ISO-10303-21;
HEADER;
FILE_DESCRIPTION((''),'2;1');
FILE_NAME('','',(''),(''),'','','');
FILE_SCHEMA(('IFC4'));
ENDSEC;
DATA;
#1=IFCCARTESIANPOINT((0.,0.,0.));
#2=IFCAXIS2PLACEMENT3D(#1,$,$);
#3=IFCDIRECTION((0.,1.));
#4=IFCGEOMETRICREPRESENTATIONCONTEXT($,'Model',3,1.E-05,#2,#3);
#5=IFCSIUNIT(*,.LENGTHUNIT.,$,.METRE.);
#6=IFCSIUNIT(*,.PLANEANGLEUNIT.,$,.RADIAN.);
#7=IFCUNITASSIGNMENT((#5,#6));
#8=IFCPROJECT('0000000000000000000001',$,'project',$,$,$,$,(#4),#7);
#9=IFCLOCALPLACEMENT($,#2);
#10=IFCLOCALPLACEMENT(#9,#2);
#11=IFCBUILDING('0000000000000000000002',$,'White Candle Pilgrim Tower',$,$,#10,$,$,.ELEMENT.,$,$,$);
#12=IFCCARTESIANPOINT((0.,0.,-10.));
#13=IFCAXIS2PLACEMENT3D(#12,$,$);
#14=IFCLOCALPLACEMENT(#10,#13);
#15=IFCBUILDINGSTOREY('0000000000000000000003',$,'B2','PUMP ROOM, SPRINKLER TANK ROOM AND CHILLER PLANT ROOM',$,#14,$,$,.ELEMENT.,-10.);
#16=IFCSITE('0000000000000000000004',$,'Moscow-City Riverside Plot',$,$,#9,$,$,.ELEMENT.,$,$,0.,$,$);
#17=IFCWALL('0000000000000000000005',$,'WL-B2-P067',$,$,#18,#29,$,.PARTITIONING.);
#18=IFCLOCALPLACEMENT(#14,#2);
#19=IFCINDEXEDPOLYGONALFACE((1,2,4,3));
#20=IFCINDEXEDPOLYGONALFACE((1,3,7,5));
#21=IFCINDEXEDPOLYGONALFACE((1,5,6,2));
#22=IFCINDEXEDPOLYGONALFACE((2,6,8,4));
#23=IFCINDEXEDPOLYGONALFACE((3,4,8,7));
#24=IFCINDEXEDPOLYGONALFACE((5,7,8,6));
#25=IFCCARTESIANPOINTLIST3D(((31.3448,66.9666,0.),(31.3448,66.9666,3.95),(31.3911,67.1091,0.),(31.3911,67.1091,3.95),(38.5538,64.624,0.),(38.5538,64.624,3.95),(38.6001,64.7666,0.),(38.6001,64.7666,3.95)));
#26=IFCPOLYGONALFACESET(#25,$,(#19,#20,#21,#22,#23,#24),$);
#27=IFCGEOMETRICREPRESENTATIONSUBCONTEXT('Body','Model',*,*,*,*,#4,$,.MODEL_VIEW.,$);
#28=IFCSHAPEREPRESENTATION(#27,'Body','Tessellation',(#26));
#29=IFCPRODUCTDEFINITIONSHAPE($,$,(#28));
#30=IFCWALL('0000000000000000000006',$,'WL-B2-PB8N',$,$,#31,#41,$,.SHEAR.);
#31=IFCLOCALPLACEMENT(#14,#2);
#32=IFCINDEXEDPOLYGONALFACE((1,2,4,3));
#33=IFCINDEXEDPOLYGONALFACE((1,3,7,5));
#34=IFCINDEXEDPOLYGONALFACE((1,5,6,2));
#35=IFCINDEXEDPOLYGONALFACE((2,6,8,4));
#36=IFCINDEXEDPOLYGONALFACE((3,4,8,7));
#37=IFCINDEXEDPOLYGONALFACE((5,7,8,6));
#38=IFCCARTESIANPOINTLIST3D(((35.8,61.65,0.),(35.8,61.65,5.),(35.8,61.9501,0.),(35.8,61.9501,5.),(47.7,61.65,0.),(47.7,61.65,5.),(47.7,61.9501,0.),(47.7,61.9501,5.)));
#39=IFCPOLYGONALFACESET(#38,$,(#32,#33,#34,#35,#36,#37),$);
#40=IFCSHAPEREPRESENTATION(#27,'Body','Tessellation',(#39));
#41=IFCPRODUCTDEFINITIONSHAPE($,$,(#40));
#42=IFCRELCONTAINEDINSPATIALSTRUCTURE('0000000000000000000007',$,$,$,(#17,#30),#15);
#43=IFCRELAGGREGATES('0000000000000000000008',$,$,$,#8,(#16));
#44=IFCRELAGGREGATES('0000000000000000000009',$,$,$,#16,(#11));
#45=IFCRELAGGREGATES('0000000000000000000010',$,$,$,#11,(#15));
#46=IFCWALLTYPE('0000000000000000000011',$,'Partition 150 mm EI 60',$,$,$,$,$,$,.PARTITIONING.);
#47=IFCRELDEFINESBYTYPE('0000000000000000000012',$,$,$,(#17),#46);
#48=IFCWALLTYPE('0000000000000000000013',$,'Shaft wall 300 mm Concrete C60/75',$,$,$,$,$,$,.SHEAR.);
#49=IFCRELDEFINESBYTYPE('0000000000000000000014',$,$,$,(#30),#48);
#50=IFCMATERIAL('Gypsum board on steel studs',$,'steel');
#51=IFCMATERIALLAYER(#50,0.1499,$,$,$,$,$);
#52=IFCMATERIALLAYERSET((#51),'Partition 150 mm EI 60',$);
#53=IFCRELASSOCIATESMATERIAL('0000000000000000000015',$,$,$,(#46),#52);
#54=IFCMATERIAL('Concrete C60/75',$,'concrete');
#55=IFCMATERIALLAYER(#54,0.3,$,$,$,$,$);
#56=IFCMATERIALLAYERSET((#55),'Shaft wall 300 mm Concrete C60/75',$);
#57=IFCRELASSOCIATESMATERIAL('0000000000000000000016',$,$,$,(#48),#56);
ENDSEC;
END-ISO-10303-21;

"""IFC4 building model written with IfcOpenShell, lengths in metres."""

from ifc_helpers import new_model, si_unit, direction, frame, frame_2d, origin, place, context, subcontext, project, spatial, rectangle, extrude, material, layer, layer_set, type_object, element, save


model = new_model("IFC4")

# Units and contexts
model_context = context("Model", 3, precision=1e-05, world=origin(), true_north=direction((0.0, 1.0)))
body_context = subcontext(model_context, "Body", "Model", "MODEL_VIEW")
ifc_project = project(units=[si_unit("LENGTHUNIT", "METRE"), si_unit("PLANEANGLEUNIT", "RADIAN")], contexts=[model_context])

# Site, building, storey
site_placement = place(None, origin())
site = spatial("IfcSite", under=ifc_project, at=site_placement, Name="Moscow-City Riverside Plot", CompositionType="ELEMENT", RefElevation=0.0)
building_placement = place(site_placement, origin())
building = spatial("IfcBuilding", under=site, at=building_placement, Name="White Candle Pilgrim Tower", CompositionType="ELEMENT")
storey_placement = place(building_placement, frame((0.0, 0.0, -10.0)))
storey = spatial("IfcBuildingStorey", under=building, at=storey_placement, Name="B2", Description="PUMP ROOM, SPRINKLER TANK ROOM AND CHILLER PLANT ROOM", CompositionType="ELEMENT", Elevation=-10.0)

# Shared definitions
ifc_material_1 = material(Name="Gypsum board on steel studs", Category="steel")

# Walls
ifc_layer_1 = layer(ifc_material_1, 0.1499)
ifc_layer_set_1 = layer_set([ifc_layer_1], Name="Partition 150 mm EI 60")
wall_type_1 = type_object("IfcWallType", Name="Partition 150 mm EI 60", PredefinedType="PARTITIONING", material=ifc_layer_set_1)
wall_1_placement = place(storey_placement, frame((31.3679, 67.0378, 0.0), z_axis=(0.0, 0.0, 1.0), x_axis=(0.951049, -0.309039, 0.0)))
element("IfcWall", 1, at=wall_1_placement, inside=storey, type_object=wall_type_1, Name="WL-B2-P067", PredefinedType="PARTITIONING", context=body_context, shape_type="SweptSolid", body=[
    extrude(rectangle(XDim=7.5801, YDim=0.1499, at=frame_2d((3.79, 0.0))), origin(), (0.0, 0.0, 1.0), 3.95),
])
ifc_material_2 = material(Name="Concrete C60/75", Category="concrete")
ifc_layer_2 = layer(ifc_material_2, 0.3)
ifc_layer_set_2 = layer_set([ifc_layer_2], Name="Shaft wall 300 mm Concrete C60/75")
wall_type_2 = type_object("IfcWallType", Name="Shaft wall 300 mm Concrete C60/75", PredefinedType="SHEAR", material=ifc_layer_set_2)
wall_2_placement = place(storey_placement, frame((35.8, 61.8, 0.0), z_axis=(0.0, 0.0, 1.0), x_axis=(1.0, 0.0, 0.0)))
element("IfcWall", 2, at=wall_2_placement, inside=storey, type_object=wall_type_2, Name="WL-B2-PB8N", PredefinedType="SHEAR", context=body_context, shape_type="SweptSolid", body=[
    extrude(rectangle(XDim=11.8999, YDim=0.3, at=frame_2d((5.95, 0.0))), origin(), (0.0, 0.0, 1.0), 5.0),
])

save(model, "model.ifc")
